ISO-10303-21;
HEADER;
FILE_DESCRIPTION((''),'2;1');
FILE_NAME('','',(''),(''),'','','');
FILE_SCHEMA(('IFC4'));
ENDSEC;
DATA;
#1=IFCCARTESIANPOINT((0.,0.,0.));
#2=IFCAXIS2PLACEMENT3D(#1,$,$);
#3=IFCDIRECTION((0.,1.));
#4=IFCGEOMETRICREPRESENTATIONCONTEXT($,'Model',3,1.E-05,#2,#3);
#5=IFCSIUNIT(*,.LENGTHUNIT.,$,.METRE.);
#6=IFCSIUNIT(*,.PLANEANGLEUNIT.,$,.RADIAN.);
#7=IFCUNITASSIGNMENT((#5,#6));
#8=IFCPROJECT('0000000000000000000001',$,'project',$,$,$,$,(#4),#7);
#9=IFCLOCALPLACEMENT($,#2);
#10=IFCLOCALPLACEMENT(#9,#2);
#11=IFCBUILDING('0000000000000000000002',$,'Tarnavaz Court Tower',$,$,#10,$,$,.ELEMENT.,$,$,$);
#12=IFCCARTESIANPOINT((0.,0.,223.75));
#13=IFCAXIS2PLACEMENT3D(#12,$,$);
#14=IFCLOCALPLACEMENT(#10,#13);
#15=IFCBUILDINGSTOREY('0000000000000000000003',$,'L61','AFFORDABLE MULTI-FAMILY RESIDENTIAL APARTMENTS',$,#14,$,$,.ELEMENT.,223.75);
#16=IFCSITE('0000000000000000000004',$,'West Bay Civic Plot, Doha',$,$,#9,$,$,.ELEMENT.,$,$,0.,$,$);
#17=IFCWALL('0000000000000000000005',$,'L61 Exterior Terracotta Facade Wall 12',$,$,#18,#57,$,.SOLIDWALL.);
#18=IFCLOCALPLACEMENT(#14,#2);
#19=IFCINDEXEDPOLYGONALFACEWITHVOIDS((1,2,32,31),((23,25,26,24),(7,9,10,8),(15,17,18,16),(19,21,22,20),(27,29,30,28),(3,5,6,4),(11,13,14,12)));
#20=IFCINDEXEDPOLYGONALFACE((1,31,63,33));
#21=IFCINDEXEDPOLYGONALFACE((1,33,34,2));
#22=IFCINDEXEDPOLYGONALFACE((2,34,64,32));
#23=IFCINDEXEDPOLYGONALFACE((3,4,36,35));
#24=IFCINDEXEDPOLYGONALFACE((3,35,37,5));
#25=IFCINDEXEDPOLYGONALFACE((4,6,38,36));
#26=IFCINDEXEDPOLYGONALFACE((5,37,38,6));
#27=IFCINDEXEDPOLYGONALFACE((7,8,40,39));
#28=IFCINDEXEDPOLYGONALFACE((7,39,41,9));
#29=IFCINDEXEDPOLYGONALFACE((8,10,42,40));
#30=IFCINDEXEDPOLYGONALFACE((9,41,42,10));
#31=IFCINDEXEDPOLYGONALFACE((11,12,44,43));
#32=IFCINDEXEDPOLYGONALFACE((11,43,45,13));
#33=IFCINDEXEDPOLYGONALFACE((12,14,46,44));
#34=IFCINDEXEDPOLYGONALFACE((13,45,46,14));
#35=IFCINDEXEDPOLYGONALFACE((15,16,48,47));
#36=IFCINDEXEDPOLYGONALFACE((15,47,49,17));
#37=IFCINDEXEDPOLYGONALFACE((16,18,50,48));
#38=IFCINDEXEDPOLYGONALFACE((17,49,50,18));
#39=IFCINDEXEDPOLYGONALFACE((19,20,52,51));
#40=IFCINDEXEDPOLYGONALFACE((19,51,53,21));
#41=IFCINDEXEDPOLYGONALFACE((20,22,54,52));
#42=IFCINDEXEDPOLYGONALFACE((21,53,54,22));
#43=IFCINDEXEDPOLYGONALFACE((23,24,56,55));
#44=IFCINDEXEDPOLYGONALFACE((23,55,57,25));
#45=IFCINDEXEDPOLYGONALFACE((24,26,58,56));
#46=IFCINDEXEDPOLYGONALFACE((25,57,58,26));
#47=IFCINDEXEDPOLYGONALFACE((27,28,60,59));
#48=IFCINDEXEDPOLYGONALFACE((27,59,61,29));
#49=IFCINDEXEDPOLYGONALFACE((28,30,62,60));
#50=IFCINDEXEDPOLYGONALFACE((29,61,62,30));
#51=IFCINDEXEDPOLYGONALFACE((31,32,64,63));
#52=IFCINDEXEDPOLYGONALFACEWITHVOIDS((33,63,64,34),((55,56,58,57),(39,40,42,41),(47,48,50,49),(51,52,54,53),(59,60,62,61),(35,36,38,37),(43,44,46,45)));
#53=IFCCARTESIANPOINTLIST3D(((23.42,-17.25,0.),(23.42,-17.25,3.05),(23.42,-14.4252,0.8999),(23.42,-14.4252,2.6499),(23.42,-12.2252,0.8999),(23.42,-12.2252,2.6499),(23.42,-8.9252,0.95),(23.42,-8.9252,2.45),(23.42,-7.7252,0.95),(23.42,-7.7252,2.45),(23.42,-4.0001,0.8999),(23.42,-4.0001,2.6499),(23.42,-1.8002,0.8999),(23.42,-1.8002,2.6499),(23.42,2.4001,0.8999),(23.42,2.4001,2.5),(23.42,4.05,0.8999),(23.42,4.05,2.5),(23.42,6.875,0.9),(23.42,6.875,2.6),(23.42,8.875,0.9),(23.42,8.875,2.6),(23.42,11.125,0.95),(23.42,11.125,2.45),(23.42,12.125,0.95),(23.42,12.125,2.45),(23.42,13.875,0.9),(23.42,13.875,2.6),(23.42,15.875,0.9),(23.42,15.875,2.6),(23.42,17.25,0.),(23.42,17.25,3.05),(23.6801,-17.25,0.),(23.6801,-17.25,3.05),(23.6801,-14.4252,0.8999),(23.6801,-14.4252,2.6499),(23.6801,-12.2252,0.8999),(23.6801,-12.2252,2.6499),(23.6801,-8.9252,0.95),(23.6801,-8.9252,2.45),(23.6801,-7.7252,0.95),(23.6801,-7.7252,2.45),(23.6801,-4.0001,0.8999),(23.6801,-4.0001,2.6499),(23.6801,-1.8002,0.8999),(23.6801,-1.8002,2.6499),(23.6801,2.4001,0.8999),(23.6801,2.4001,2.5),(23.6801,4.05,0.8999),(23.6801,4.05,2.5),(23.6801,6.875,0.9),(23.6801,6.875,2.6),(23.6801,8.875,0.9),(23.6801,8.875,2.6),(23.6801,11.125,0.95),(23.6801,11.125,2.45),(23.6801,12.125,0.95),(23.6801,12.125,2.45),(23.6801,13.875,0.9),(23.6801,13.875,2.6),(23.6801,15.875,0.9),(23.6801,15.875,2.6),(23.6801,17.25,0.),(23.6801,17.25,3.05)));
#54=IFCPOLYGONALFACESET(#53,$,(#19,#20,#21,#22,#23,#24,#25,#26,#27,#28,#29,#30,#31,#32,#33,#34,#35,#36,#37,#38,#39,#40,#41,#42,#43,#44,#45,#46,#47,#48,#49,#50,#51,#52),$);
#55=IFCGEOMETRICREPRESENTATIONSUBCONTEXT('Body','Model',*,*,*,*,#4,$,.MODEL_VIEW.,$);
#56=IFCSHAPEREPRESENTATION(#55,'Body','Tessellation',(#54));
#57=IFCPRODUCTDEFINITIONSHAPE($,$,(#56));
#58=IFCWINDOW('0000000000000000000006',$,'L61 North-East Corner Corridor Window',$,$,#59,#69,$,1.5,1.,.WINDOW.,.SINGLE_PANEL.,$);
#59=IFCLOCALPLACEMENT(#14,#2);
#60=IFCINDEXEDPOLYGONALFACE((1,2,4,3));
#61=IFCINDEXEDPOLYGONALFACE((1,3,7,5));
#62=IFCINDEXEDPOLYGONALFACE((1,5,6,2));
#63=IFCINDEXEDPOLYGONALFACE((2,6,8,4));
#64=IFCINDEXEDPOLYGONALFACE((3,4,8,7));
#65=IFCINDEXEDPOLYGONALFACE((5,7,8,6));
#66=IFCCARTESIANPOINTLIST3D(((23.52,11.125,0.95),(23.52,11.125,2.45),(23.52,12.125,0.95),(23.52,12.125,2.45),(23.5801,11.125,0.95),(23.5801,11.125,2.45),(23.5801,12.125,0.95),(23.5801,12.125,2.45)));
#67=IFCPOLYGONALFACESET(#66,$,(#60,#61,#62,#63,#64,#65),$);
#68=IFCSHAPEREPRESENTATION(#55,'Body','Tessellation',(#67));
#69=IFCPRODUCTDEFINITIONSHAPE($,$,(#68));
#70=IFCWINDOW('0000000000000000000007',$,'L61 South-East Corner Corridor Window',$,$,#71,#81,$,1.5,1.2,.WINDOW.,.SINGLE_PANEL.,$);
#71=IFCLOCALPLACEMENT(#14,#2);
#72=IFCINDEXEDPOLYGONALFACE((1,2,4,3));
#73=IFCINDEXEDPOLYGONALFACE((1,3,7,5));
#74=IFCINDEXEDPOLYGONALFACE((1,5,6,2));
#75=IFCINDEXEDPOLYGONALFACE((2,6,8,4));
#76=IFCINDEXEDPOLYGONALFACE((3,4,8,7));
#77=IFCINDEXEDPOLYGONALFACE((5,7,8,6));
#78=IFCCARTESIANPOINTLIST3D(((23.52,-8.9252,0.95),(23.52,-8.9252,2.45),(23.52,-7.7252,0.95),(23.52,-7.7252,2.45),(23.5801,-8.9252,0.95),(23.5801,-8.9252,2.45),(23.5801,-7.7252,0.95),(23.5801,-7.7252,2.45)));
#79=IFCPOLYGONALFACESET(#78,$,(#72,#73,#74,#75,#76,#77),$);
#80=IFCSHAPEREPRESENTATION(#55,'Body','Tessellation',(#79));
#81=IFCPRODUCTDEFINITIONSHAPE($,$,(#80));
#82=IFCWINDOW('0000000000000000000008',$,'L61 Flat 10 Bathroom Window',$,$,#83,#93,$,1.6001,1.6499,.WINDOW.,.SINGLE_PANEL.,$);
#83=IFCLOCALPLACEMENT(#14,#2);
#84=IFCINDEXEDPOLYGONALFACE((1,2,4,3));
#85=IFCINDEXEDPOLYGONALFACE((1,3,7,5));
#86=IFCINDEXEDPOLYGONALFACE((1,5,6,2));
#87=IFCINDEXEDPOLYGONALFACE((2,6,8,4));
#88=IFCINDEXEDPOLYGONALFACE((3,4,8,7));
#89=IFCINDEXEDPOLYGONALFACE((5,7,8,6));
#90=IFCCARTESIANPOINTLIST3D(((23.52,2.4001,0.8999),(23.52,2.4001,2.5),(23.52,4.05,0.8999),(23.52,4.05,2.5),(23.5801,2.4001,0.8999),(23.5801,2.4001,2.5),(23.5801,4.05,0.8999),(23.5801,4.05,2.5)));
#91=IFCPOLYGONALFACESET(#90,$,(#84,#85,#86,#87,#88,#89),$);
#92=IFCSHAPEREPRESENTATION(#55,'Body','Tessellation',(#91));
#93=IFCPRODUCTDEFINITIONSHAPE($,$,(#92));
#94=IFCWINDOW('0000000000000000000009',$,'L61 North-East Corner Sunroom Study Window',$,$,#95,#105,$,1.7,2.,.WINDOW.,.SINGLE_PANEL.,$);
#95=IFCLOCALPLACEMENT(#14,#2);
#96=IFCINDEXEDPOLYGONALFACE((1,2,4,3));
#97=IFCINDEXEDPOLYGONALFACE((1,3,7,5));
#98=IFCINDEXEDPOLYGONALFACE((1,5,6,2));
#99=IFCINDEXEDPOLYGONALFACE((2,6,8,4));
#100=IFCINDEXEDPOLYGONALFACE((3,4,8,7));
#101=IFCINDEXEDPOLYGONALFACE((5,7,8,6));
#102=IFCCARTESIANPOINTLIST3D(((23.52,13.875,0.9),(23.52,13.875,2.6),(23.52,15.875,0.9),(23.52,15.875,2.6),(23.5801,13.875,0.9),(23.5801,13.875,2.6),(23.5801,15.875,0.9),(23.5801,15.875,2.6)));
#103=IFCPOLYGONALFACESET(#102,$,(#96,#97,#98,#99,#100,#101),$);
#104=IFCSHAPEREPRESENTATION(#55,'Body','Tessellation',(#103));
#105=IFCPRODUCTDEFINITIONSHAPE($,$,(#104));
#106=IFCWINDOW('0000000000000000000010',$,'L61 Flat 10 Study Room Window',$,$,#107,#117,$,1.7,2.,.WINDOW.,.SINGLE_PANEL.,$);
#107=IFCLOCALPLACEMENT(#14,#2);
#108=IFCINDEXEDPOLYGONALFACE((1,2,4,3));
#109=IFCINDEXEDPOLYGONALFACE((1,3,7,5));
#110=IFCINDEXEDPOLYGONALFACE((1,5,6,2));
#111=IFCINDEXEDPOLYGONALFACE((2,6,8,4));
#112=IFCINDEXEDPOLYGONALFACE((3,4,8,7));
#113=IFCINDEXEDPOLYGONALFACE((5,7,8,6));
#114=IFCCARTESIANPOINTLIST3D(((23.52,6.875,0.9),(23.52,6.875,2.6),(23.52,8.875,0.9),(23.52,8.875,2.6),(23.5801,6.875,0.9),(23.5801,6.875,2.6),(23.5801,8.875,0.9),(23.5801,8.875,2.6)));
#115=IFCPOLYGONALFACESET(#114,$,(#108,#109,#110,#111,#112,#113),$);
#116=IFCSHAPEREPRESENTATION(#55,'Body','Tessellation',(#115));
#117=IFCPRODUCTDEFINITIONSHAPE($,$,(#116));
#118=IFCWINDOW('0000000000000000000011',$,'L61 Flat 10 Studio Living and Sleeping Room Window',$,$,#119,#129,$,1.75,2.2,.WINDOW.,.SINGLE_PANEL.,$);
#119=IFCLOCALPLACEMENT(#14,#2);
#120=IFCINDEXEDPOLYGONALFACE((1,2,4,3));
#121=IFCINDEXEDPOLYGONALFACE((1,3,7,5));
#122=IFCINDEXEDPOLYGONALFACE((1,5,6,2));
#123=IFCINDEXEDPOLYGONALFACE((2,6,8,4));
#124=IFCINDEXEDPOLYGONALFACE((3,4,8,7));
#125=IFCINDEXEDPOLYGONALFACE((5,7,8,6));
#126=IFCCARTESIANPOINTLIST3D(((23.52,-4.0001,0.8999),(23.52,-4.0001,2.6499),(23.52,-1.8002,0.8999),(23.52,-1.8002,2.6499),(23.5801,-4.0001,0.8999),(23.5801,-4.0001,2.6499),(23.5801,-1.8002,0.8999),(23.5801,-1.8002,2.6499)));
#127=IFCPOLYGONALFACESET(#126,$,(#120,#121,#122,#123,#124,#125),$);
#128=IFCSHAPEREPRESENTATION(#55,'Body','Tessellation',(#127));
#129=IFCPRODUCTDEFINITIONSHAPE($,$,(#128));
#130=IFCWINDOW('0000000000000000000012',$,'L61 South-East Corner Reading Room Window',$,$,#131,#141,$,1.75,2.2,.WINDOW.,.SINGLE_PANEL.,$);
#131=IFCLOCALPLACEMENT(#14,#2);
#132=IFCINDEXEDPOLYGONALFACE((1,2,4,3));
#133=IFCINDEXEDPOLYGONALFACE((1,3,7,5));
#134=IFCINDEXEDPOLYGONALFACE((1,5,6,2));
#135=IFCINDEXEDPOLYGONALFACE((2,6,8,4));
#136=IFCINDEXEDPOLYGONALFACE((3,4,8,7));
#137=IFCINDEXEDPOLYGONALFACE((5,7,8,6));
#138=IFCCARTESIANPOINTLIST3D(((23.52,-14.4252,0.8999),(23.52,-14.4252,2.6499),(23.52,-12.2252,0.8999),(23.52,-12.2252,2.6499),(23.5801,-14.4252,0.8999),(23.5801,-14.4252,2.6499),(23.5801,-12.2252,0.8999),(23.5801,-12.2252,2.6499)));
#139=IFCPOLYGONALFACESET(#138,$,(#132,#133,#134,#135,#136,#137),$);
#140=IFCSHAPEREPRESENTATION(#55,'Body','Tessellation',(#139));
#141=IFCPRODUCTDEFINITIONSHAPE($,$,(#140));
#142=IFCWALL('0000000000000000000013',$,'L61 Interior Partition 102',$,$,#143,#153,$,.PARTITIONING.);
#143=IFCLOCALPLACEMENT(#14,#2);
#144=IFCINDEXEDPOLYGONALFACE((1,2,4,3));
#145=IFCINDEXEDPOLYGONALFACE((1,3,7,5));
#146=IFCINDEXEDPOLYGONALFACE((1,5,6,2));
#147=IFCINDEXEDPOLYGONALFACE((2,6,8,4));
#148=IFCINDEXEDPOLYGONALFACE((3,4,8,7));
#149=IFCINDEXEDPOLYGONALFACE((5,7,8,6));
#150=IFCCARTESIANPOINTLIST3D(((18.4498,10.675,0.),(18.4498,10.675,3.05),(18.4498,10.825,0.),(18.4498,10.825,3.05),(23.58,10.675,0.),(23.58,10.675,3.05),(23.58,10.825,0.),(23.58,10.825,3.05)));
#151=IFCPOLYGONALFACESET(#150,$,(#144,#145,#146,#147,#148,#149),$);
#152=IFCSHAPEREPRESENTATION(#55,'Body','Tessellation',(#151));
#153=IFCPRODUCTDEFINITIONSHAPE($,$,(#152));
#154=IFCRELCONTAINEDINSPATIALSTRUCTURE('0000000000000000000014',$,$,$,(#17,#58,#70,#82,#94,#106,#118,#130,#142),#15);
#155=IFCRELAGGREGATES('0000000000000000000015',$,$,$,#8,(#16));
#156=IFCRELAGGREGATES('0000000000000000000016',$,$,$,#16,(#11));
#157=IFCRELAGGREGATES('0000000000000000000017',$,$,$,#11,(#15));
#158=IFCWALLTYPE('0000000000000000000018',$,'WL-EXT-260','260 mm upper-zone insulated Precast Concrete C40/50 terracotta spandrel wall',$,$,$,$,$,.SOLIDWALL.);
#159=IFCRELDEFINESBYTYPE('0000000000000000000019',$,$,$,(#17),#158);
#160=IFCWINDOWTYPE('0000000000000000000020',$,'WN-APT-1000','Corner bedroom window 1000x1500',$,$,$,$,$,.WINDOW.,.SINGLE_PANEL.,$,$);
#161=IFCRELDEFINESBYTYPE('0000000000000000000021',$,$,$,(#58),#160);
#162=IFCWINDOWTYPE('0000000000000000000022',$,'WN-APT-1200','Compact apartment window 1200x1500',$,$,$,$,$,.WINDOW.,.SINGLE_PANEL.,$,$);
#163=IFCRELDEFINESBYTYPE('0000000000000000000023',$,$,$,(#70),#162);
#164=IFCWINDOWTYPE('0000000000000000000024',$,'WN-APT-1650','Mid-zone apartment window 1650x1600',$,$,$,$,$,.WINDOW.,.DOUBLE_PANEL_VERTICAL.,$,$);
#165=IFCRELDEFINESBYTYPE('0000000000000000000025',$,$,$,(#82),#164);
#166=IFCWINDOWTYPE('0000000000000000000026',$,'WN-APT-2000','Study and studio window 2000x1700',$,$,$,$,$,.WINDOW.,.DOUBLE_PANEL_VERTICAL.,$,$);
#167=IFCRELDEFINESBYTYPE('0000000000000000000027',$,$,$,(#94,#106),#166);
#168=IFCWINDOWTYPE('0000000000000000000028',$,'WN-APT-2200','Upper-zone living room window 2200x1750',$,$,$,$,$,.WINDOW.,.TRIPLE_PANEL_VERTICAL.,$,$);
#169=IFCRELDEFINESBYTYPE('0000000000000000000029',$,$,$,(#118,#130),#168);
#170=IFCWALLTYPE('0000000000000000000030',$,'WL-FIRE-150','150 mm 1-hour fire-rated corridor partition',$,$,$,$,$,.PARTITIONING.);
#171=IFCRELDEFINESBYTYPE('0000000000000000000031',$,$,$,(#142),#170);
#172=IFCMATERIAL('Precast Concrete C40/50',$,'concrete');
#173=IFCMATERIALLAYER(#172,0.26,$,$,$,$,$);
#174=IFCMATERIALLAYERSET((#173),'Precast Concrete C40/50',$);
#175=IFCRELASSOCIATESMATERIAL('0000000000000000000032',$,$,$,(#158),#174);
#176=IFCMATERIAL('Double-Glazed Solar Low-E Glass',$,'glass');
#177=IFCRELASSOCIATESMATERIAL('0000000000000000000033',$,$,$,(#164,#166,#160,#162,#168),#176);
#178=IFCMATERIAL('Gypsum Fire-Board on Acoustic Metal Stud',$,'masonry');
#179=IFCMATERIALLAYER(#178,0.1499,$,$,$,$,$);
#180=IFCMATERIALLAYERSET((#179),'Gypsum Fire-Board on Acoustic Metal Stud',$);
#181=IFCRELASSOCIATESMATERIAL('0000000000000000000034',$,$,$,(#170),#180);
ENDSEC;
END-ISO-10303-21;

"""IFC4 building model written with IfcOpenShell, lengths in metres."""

from ifc_helpers import new_model, si_unit, direction, frame, frame_2d, origin, place, context, subcontext, project, spatial, rectangle, extrude, material, layer, layer_set, type_object, element, fill, save


model = new_model("IFC4")

# Units and contexts
model_context = context("Model", 3, precision=1e-05, world=origin(), true_north=direction((0.0, 1.0)))
body_context = subcontext(model_context, "Body", "Model", "MODEL_VIEW")
ifc_project = project(units=[si_unit("LENGTHUNIT", "METRE"), si_unit("PLANEANGLEUNIT", "RADIAN")], contexts=[model_context])

# Site, building, storey
site_placement = place(None, origin())
site = spatial("IfcSite", under=ifc_project, at=site_placement, Name="West Bay Civic Plot, Doha", CompositionType="ELEMENT", RefElevation=0.0)
building_placement = place(site_placement, origin())
building = spatial("IfcBuilding", under=site, at=building_placement, Name="Tarnavaz Court Tower", CompositionType="ELEMENT")
storey_placement = place(building_placement, frame((0.0, 0.0, 223.75)))
storey = spatial("IfcBuildingStorey", under=building, at=storey_placement, Name="L61", Description="AFFORDABLE MULTI-FAMILY RESIDENTIAL APARTMENTS", CompositionType="ELEMENT", Elevation=223.75)

# Shared definitions
ifc_material_1 = material(Name="Precast Concrete C40/50", Category="concrete")
ifc_layer_1 = layer(ifc_material_1, 0.26)
ifc_layer_set_1 = layer_set([ifc_layer_1], Name="Precast Concrete C40/50")
wall_type_1 = type_object("IfcWallType", Name="WL-EXT-260", Description="260 mm upper-zone insulated Precast Concrete C40/50 terracotta spandrel wall", PredefinedType="SOLIDWALL", material=ifc_layer_set_1)
ifc_material_2 = material(Name="Double-Glazed Solar Low-E Glass", Category="glass")
window_type_1 = type_object("IfcWindowType", Name="WN-APT-1650", Description="Mid-zone apartment window 1650x1600", PartitioningType="DOUBLE_PANEL_VERTICAL", PredefinedType="WINDOW", material=ifc_material_2)
window_type_2 = type_object("IfcWindowType", Name="WN-APT-2000", Description="Study and studio window 2000x1700", PartitioningType="DOUBLE_PANEL_VERTICAL", PredefinedType="WINDOW", material=ifc_material_2)

# Wall, openings, windows
wall_1_placement = place(storey_placement, frame((23.55, 17.25, 0.0), z_axis=(0.0, 0.0, 1.0), x_axis=(0.0, -1.0, 0.0)))
wall_1 = element("IfcWall", 1, at=wall_1_placement, inside=storey, type_object=wall_type_1, Name="L61 Exterior Terracotta Facade Wall 12", PredefinedType="SOLIDWALL", context=body_context, shape_type="SweptSolid", body=[
    extrude(rectangle(XDim=34.5, YDim=0.26, at=frame_2d((17.25, 0.0))), origin(), (0.0, 0.0, 1.0), 3.05),
])
opening_1_placement = place(wall_1_placement, frame((1.375, 0.0, 0.8999)))
opening_1 = element("IfcOpeningElement", 2, at=opening_1_placement, cuts=wall_1, PredefinedType="OPENING", context=body_context, shape_type="SweptSolid", body=[
    extrude(rectangle(XDim=2.0, YDim=1.7, at=frame_2d((1.0, 0.8501))), frame((0.0, 0.1399, 0.0), z_axis=(0.0, -1.0, 0.0), x_axis=(1.0, 0.0, 0.0)), (0.0, 0.0, 1.0), 0.28),
])
opening_2_placement = place(wall_1_placement, frame((5.125, 0.0, 0.95)))
opening_2 = element("IfcOpeningElement", 3, at=opening_2_placement, cuts=wall_1, PredefinedType="OPENING", context=body_context, shape_type="SweptSolid", body=[
    extrude(rectangle(XDim=1.0, YDim=1.5, at=frame_2d((0.5, 0.75))), frame((0.0, 0.1399, 0.0), z_axis=(0.0, -1.0, 0.0), x_axis=(1.0, 0.0, 0.0)), (0.0, 0.0, 1.0), 0.28),
])
opening_3_placement = place(wall_1_placement, frame((8.375, 0.0, 0.8999)))
opening_3 = element("IfcOpeningElement", 4, at=opening_3_placement, cuts=wall_1, PredefinedType="OPENING", context=body_context, shape_type="SweptSolid", body=[
    extrude(rectangle(XDim=2.0, YDim=1.7, at=frame_2d((1.0, 0.8501))), frame((0.0, 0.1399, 0.0), z_axis=(0.0, -1.0, 0.0), x_axis=(1.0, 0.0, 0.0)), (0.0, 0.0, 1.0), 0.28),
])
opening_4_placement = place(wall_1_placement, frame((13.2, 0.0, 0.8999)))
opening_4 = element("IfcOpeningElement", 5, at=opening_4_placement, cuts=wall_1, PredefinedType="OPENING", context=body_context, shape_type="SweptSolid", body=[
    extrude(rectangle(XDim=1.6499, YDim=1.6001, at=frame_2d((0.825, 0.8))), frame((0.0, 0.1399, 0.0), z_axis=(0.0, -1.0, 0.0), x_axis=(1.0, 0.0, 0.0)), (0.0, 0.0, 1.0), 0.28),
])
opening_5_placement = place(wall_1_placement, frame((19.05, 0.0, 0.8999)))
opening_5 = element("IfcOpeningElement", 6, at=opening_5_placement, cuts=wall_1, PredefinedType="OPENING", context=body_context, shape_type="SweptSolid", body=[
    extrude(rectangle(XDim=2.2, YDim=1.75, at=frame_2d((1.1001, 0.875))), frame((0.0, 0.1399, 0.0), z_axis=(0.0, -1.0, 0.0), x_axis=(1.0, 0.0, 0.0)), (0.0, 0.0, 1.0), 0.28),
])
opening_6_placement = place(wall_1_placement, frame((24.9751, 0.0, 0.95)))
opening_6 = element("IfcOpeningElement", 7, at=opening_6_placement, cuts=wall_1, PredefinedType="OPENING", context=body_context, shape_type="SweptSolid", body=[
    extrude(rectangle(XDim=1.2, YDim=1.5, at=frame_2d((0.6001, 0.75))), frame((0.0, 0.1399, 0.0), z_axis=(0.0, -1.0, 0.0), x_axis=(1.0, 0.0, 0.0)), (0.0, 0.0, 1.0), 0.28),
])
opening_7_placement = place(wall_1_placement, frame((29.4751, 0.0, 0.8999)))
opening_7 = element("IfcOpeningElement", 8, at=opening_7_placement, cuts=wall_1, PredefinedType="OPENING", context=body_context, shape_type="SweptSolid", body=[
    extrude(rectangle(XDim=2.2, YDim=1.75, at=frame_2d((1.1001, 0.875))), frame((0.0, 0.1399, 0.0), z_axis=(0.0, -1.0, 0.0), x_axis=(1.0, 0.0, 0.0)), (0.0, 0.0, 1.0), 0.28),
])
window_type_3 = type_object("IfcWindowType", Name="WN-APT-1000", Description="Corner bedroom window 1000x1500", PartitioningType="SINGLE_PANEL", PredefinedType="WINDOW", material=ifc_material_2)
window_1_placement = place(opening_2_placement, origin())
window_1 = element("IfcWindow", 9, at=window_1_placement, inside=storey, type_object=window_type_3, Name="L61 North-East Corner Corridor Window", OverallHeight=1.5, OverallWidth=1.0, PartitioningType="SINGLE_PANEL", PredefinedType="WINDOW", context=body_context, shape_type="SweptSolid", body=[
    extrude(rectangle(XDim=1.0, YDim=1.5, at=frame_2d((0.5, 0.75))), frame((0.0, 0.03, 0.0), z_axis=(0.0, -1.0, 0.0), x_axis=(1.0, 0.0, 0.0)), (0.0, 0.0, 1.0), 0.0601),
])
fill(opening_2, window_1)
window_type_4 = type_object("IfcWindowType", Name="WN-APT-1200", Description="Compact apartment window 1200x1500", PartitioningType="SINGLE_PANEL", PredefinedType="WINDOW", material=ifc_material_2)
window_2_placement = place(opening_6_placement, origin())
window_2 = element("IfcWindow", 10, at=window_2_placement, inside=storey, type_object=window_type_4, Name="L61 South-East Corner Corridor Window", OverallHeight=1.5, OverallWidth=1.2, PartitioningType="SINGLE_PANEL", PredefinedType="WINDOW", context=body_context, shape_type="SweptSolid", body=[
    extrude(rectangle(XDim=1.2, YDim=1.5, at=frame_2d((0.6001, 0.75))), frame((0.0, 0.03, 0.0), z_axis=(0.0, -1.0, 0.0), x_axis=(1.0, 0.0, 0.0)), (0.0, 0.0, 1.0), 0.0601),
])
fill(opening_6, window_2)
window_3_placement = place(opening_4_placement, origin())
window_3 = element("IfcWindow", 11, at=window_3_placement, inside=storey, type_object=window_type_1, Name="L61 Flat 10 Bathroom Window", OverallHeight=1.6001, OverallWidth=1.6499, PartitioningType="SINGLE_PANEL", PredefinedType="WINDOW", context=body_context, shape_type="SweptSolid", body=[
    extrude(rectangle(XDim=1.6499, YDim=1.6001, at=frame_2d((0.825, 0.8))), frame((0.0, 0.03, 0.0), z_axis=(0.0, -1.0, 0.0), x_axis=(1.0, 0.0, 0.0)), (0.0, 0.0, 1.0), 0.0601),
])
fill(opening_4, window_3)
window_4_placement = place(opening_1_placement, origin())
window_4 = element("IfcWindow", 12, at=window_4_placement, inside=storey, type_object=window_type_2, Name="L61 North-East Corner Sunroom Study Window", OverallHeight=1.7, OverallWidth=2.0, PartitioningType="SINGLE_PANEL", PredefinedType="WINDOW", context=body_context, shape_type="SweptSolid", body=[
    extrude(rectangle(XDim=2.0, YDim=1.7, at=frame_2d((1.0, 0.8501))), frame((0.0, 0.03, 0.0), z_axis=(0.0, -1.0, 0.0), x_axis=(1.0, 0.0, 0.0)), (0.0, 0.0, 1.0), 0.0601),
])
fill(opening_1, window_4)
window_5_placement = place(opening_3_placement, origin())
window_5 = element("IfcWindow", 13, at=window_5_placement, inside=storey, type_object=window_type_2, Name="L61 Flat 10 Study Room Window", OverallHeight=1.7, OverallWidth=2.0, PartitioningType="SINGLE_PANEL", PredefinedType="WINDOW", context=body_context, shape_type="SweptSolid", body=[
    extrude(rectangle(XDim=2.0, YDim=1.7, at=frame_2d((1.0, 0.8501))), frame((0.0, 0.03, 0.0), z_axis=(0.0, -1.0, 0.0), x_axis=(1.0, 0.0, 0.0)), (0.0, 0.0, 1.0), 0.0601),
])
fill(opening_3, window_5)
window_type_5 = type_object("IfcWindowType", Name="WN-APT-2200", Description="Upper-zone living room window 2200x1750", PartitioningType="TRIPLE_PANEL_VERTICAL", PredefinedType="WINDOW", material=ifc_material_2)
window_6_placement = place(opening_5_placement, origin())
window_6 = element("IfcWindow", 14, at=window_6_placement, inside=storey, type_object=window_type_5, Name="L61 Flat 10 Studio Living and Sleeping Room Window", OverallHeight=1.75, OverallWidth=2.2, PartitioningType="SINGLE_PANEL", PredefinedType="WINDOW", context=body_context, shape_type="SweptSolid", body=[
    extrude(rectangle(XDim=2.2, YDim=1.75, at=frame_2d((1.1001, 0.875))), frame((0.0, 0.03, 0.0), z_axis=(0.0, -1.0, 0.0), x_axis=(1.0, 0.0, 0.0)), (0.0, 0.0, 1.0), 0.0601),
])
fill(opening_5, window_6)
window_7_placement = place(opening_7_placement, origin())
window_7 = element("IfcWindow", 15, at=window_7_placement, inside=storey, type_object=window_type_5, Name="L61 South-East Corner Reading Room Window", OverallHeight=1.75, OverallWidth=2.2, PartitioningType="SINGLE_PANEL", PredefinedType="WINDOW", context=body_context, shape_type="SweptSolid", body=[
    extrude(rectangle(XDim=2.2, YDim=1.75, at=frame_2d((1.1001, 0.875))), frame((0.0, 0.03, 0.0), z_axis=(0.0, -1.0, 0.0), x_axis=(1.0, 0.0, 0.0)), (0.0, 0.0, 1.0), 0.0601),
])
fill(opening_7, window_7)

# Wall
ifc_material_3 = material(Name="Gypsum Fire-Board on Acoustic Metal Stud", Category="masonry")
ifc_layer_2 = layer(ifc_material_3, 0.1499)
ifc_layer_set_2 = layer_set([ifc_layer_2], Name="Gypsum Fire-Board on Acoustic Metal Stud")
wall_type_2 = type_object("IfcWallType", Name="WL-FIRE-150", Description="150 mm 1-hour fire-rated corridor partition", PredefinedType="PARTITIONING", material=ifc_layer_set_2)
wall_2_placement = place(storey_placement, frame((18.45, 10.75, 0.0), z_axis=(0.0, 0.0, 1.0), x_axis=(1.0, 0.0, 0.0)))
element("IfcWall", 16, at=wall_2_placement, inside=storey, type_object=wall_type_2, Name="L61 Interior Partition 102", PredefinedType="PARTITIONING", context=body_context, shape_type="SweptSolid", body=[
    extrude(rectangle(XDim=5.1301, YDim=0.1499, at=frame_2d((2.5649, 0.0))), origin(), (0.0, 0.0, 1.0), 3.05),
])

save(model, "model.ifc")
